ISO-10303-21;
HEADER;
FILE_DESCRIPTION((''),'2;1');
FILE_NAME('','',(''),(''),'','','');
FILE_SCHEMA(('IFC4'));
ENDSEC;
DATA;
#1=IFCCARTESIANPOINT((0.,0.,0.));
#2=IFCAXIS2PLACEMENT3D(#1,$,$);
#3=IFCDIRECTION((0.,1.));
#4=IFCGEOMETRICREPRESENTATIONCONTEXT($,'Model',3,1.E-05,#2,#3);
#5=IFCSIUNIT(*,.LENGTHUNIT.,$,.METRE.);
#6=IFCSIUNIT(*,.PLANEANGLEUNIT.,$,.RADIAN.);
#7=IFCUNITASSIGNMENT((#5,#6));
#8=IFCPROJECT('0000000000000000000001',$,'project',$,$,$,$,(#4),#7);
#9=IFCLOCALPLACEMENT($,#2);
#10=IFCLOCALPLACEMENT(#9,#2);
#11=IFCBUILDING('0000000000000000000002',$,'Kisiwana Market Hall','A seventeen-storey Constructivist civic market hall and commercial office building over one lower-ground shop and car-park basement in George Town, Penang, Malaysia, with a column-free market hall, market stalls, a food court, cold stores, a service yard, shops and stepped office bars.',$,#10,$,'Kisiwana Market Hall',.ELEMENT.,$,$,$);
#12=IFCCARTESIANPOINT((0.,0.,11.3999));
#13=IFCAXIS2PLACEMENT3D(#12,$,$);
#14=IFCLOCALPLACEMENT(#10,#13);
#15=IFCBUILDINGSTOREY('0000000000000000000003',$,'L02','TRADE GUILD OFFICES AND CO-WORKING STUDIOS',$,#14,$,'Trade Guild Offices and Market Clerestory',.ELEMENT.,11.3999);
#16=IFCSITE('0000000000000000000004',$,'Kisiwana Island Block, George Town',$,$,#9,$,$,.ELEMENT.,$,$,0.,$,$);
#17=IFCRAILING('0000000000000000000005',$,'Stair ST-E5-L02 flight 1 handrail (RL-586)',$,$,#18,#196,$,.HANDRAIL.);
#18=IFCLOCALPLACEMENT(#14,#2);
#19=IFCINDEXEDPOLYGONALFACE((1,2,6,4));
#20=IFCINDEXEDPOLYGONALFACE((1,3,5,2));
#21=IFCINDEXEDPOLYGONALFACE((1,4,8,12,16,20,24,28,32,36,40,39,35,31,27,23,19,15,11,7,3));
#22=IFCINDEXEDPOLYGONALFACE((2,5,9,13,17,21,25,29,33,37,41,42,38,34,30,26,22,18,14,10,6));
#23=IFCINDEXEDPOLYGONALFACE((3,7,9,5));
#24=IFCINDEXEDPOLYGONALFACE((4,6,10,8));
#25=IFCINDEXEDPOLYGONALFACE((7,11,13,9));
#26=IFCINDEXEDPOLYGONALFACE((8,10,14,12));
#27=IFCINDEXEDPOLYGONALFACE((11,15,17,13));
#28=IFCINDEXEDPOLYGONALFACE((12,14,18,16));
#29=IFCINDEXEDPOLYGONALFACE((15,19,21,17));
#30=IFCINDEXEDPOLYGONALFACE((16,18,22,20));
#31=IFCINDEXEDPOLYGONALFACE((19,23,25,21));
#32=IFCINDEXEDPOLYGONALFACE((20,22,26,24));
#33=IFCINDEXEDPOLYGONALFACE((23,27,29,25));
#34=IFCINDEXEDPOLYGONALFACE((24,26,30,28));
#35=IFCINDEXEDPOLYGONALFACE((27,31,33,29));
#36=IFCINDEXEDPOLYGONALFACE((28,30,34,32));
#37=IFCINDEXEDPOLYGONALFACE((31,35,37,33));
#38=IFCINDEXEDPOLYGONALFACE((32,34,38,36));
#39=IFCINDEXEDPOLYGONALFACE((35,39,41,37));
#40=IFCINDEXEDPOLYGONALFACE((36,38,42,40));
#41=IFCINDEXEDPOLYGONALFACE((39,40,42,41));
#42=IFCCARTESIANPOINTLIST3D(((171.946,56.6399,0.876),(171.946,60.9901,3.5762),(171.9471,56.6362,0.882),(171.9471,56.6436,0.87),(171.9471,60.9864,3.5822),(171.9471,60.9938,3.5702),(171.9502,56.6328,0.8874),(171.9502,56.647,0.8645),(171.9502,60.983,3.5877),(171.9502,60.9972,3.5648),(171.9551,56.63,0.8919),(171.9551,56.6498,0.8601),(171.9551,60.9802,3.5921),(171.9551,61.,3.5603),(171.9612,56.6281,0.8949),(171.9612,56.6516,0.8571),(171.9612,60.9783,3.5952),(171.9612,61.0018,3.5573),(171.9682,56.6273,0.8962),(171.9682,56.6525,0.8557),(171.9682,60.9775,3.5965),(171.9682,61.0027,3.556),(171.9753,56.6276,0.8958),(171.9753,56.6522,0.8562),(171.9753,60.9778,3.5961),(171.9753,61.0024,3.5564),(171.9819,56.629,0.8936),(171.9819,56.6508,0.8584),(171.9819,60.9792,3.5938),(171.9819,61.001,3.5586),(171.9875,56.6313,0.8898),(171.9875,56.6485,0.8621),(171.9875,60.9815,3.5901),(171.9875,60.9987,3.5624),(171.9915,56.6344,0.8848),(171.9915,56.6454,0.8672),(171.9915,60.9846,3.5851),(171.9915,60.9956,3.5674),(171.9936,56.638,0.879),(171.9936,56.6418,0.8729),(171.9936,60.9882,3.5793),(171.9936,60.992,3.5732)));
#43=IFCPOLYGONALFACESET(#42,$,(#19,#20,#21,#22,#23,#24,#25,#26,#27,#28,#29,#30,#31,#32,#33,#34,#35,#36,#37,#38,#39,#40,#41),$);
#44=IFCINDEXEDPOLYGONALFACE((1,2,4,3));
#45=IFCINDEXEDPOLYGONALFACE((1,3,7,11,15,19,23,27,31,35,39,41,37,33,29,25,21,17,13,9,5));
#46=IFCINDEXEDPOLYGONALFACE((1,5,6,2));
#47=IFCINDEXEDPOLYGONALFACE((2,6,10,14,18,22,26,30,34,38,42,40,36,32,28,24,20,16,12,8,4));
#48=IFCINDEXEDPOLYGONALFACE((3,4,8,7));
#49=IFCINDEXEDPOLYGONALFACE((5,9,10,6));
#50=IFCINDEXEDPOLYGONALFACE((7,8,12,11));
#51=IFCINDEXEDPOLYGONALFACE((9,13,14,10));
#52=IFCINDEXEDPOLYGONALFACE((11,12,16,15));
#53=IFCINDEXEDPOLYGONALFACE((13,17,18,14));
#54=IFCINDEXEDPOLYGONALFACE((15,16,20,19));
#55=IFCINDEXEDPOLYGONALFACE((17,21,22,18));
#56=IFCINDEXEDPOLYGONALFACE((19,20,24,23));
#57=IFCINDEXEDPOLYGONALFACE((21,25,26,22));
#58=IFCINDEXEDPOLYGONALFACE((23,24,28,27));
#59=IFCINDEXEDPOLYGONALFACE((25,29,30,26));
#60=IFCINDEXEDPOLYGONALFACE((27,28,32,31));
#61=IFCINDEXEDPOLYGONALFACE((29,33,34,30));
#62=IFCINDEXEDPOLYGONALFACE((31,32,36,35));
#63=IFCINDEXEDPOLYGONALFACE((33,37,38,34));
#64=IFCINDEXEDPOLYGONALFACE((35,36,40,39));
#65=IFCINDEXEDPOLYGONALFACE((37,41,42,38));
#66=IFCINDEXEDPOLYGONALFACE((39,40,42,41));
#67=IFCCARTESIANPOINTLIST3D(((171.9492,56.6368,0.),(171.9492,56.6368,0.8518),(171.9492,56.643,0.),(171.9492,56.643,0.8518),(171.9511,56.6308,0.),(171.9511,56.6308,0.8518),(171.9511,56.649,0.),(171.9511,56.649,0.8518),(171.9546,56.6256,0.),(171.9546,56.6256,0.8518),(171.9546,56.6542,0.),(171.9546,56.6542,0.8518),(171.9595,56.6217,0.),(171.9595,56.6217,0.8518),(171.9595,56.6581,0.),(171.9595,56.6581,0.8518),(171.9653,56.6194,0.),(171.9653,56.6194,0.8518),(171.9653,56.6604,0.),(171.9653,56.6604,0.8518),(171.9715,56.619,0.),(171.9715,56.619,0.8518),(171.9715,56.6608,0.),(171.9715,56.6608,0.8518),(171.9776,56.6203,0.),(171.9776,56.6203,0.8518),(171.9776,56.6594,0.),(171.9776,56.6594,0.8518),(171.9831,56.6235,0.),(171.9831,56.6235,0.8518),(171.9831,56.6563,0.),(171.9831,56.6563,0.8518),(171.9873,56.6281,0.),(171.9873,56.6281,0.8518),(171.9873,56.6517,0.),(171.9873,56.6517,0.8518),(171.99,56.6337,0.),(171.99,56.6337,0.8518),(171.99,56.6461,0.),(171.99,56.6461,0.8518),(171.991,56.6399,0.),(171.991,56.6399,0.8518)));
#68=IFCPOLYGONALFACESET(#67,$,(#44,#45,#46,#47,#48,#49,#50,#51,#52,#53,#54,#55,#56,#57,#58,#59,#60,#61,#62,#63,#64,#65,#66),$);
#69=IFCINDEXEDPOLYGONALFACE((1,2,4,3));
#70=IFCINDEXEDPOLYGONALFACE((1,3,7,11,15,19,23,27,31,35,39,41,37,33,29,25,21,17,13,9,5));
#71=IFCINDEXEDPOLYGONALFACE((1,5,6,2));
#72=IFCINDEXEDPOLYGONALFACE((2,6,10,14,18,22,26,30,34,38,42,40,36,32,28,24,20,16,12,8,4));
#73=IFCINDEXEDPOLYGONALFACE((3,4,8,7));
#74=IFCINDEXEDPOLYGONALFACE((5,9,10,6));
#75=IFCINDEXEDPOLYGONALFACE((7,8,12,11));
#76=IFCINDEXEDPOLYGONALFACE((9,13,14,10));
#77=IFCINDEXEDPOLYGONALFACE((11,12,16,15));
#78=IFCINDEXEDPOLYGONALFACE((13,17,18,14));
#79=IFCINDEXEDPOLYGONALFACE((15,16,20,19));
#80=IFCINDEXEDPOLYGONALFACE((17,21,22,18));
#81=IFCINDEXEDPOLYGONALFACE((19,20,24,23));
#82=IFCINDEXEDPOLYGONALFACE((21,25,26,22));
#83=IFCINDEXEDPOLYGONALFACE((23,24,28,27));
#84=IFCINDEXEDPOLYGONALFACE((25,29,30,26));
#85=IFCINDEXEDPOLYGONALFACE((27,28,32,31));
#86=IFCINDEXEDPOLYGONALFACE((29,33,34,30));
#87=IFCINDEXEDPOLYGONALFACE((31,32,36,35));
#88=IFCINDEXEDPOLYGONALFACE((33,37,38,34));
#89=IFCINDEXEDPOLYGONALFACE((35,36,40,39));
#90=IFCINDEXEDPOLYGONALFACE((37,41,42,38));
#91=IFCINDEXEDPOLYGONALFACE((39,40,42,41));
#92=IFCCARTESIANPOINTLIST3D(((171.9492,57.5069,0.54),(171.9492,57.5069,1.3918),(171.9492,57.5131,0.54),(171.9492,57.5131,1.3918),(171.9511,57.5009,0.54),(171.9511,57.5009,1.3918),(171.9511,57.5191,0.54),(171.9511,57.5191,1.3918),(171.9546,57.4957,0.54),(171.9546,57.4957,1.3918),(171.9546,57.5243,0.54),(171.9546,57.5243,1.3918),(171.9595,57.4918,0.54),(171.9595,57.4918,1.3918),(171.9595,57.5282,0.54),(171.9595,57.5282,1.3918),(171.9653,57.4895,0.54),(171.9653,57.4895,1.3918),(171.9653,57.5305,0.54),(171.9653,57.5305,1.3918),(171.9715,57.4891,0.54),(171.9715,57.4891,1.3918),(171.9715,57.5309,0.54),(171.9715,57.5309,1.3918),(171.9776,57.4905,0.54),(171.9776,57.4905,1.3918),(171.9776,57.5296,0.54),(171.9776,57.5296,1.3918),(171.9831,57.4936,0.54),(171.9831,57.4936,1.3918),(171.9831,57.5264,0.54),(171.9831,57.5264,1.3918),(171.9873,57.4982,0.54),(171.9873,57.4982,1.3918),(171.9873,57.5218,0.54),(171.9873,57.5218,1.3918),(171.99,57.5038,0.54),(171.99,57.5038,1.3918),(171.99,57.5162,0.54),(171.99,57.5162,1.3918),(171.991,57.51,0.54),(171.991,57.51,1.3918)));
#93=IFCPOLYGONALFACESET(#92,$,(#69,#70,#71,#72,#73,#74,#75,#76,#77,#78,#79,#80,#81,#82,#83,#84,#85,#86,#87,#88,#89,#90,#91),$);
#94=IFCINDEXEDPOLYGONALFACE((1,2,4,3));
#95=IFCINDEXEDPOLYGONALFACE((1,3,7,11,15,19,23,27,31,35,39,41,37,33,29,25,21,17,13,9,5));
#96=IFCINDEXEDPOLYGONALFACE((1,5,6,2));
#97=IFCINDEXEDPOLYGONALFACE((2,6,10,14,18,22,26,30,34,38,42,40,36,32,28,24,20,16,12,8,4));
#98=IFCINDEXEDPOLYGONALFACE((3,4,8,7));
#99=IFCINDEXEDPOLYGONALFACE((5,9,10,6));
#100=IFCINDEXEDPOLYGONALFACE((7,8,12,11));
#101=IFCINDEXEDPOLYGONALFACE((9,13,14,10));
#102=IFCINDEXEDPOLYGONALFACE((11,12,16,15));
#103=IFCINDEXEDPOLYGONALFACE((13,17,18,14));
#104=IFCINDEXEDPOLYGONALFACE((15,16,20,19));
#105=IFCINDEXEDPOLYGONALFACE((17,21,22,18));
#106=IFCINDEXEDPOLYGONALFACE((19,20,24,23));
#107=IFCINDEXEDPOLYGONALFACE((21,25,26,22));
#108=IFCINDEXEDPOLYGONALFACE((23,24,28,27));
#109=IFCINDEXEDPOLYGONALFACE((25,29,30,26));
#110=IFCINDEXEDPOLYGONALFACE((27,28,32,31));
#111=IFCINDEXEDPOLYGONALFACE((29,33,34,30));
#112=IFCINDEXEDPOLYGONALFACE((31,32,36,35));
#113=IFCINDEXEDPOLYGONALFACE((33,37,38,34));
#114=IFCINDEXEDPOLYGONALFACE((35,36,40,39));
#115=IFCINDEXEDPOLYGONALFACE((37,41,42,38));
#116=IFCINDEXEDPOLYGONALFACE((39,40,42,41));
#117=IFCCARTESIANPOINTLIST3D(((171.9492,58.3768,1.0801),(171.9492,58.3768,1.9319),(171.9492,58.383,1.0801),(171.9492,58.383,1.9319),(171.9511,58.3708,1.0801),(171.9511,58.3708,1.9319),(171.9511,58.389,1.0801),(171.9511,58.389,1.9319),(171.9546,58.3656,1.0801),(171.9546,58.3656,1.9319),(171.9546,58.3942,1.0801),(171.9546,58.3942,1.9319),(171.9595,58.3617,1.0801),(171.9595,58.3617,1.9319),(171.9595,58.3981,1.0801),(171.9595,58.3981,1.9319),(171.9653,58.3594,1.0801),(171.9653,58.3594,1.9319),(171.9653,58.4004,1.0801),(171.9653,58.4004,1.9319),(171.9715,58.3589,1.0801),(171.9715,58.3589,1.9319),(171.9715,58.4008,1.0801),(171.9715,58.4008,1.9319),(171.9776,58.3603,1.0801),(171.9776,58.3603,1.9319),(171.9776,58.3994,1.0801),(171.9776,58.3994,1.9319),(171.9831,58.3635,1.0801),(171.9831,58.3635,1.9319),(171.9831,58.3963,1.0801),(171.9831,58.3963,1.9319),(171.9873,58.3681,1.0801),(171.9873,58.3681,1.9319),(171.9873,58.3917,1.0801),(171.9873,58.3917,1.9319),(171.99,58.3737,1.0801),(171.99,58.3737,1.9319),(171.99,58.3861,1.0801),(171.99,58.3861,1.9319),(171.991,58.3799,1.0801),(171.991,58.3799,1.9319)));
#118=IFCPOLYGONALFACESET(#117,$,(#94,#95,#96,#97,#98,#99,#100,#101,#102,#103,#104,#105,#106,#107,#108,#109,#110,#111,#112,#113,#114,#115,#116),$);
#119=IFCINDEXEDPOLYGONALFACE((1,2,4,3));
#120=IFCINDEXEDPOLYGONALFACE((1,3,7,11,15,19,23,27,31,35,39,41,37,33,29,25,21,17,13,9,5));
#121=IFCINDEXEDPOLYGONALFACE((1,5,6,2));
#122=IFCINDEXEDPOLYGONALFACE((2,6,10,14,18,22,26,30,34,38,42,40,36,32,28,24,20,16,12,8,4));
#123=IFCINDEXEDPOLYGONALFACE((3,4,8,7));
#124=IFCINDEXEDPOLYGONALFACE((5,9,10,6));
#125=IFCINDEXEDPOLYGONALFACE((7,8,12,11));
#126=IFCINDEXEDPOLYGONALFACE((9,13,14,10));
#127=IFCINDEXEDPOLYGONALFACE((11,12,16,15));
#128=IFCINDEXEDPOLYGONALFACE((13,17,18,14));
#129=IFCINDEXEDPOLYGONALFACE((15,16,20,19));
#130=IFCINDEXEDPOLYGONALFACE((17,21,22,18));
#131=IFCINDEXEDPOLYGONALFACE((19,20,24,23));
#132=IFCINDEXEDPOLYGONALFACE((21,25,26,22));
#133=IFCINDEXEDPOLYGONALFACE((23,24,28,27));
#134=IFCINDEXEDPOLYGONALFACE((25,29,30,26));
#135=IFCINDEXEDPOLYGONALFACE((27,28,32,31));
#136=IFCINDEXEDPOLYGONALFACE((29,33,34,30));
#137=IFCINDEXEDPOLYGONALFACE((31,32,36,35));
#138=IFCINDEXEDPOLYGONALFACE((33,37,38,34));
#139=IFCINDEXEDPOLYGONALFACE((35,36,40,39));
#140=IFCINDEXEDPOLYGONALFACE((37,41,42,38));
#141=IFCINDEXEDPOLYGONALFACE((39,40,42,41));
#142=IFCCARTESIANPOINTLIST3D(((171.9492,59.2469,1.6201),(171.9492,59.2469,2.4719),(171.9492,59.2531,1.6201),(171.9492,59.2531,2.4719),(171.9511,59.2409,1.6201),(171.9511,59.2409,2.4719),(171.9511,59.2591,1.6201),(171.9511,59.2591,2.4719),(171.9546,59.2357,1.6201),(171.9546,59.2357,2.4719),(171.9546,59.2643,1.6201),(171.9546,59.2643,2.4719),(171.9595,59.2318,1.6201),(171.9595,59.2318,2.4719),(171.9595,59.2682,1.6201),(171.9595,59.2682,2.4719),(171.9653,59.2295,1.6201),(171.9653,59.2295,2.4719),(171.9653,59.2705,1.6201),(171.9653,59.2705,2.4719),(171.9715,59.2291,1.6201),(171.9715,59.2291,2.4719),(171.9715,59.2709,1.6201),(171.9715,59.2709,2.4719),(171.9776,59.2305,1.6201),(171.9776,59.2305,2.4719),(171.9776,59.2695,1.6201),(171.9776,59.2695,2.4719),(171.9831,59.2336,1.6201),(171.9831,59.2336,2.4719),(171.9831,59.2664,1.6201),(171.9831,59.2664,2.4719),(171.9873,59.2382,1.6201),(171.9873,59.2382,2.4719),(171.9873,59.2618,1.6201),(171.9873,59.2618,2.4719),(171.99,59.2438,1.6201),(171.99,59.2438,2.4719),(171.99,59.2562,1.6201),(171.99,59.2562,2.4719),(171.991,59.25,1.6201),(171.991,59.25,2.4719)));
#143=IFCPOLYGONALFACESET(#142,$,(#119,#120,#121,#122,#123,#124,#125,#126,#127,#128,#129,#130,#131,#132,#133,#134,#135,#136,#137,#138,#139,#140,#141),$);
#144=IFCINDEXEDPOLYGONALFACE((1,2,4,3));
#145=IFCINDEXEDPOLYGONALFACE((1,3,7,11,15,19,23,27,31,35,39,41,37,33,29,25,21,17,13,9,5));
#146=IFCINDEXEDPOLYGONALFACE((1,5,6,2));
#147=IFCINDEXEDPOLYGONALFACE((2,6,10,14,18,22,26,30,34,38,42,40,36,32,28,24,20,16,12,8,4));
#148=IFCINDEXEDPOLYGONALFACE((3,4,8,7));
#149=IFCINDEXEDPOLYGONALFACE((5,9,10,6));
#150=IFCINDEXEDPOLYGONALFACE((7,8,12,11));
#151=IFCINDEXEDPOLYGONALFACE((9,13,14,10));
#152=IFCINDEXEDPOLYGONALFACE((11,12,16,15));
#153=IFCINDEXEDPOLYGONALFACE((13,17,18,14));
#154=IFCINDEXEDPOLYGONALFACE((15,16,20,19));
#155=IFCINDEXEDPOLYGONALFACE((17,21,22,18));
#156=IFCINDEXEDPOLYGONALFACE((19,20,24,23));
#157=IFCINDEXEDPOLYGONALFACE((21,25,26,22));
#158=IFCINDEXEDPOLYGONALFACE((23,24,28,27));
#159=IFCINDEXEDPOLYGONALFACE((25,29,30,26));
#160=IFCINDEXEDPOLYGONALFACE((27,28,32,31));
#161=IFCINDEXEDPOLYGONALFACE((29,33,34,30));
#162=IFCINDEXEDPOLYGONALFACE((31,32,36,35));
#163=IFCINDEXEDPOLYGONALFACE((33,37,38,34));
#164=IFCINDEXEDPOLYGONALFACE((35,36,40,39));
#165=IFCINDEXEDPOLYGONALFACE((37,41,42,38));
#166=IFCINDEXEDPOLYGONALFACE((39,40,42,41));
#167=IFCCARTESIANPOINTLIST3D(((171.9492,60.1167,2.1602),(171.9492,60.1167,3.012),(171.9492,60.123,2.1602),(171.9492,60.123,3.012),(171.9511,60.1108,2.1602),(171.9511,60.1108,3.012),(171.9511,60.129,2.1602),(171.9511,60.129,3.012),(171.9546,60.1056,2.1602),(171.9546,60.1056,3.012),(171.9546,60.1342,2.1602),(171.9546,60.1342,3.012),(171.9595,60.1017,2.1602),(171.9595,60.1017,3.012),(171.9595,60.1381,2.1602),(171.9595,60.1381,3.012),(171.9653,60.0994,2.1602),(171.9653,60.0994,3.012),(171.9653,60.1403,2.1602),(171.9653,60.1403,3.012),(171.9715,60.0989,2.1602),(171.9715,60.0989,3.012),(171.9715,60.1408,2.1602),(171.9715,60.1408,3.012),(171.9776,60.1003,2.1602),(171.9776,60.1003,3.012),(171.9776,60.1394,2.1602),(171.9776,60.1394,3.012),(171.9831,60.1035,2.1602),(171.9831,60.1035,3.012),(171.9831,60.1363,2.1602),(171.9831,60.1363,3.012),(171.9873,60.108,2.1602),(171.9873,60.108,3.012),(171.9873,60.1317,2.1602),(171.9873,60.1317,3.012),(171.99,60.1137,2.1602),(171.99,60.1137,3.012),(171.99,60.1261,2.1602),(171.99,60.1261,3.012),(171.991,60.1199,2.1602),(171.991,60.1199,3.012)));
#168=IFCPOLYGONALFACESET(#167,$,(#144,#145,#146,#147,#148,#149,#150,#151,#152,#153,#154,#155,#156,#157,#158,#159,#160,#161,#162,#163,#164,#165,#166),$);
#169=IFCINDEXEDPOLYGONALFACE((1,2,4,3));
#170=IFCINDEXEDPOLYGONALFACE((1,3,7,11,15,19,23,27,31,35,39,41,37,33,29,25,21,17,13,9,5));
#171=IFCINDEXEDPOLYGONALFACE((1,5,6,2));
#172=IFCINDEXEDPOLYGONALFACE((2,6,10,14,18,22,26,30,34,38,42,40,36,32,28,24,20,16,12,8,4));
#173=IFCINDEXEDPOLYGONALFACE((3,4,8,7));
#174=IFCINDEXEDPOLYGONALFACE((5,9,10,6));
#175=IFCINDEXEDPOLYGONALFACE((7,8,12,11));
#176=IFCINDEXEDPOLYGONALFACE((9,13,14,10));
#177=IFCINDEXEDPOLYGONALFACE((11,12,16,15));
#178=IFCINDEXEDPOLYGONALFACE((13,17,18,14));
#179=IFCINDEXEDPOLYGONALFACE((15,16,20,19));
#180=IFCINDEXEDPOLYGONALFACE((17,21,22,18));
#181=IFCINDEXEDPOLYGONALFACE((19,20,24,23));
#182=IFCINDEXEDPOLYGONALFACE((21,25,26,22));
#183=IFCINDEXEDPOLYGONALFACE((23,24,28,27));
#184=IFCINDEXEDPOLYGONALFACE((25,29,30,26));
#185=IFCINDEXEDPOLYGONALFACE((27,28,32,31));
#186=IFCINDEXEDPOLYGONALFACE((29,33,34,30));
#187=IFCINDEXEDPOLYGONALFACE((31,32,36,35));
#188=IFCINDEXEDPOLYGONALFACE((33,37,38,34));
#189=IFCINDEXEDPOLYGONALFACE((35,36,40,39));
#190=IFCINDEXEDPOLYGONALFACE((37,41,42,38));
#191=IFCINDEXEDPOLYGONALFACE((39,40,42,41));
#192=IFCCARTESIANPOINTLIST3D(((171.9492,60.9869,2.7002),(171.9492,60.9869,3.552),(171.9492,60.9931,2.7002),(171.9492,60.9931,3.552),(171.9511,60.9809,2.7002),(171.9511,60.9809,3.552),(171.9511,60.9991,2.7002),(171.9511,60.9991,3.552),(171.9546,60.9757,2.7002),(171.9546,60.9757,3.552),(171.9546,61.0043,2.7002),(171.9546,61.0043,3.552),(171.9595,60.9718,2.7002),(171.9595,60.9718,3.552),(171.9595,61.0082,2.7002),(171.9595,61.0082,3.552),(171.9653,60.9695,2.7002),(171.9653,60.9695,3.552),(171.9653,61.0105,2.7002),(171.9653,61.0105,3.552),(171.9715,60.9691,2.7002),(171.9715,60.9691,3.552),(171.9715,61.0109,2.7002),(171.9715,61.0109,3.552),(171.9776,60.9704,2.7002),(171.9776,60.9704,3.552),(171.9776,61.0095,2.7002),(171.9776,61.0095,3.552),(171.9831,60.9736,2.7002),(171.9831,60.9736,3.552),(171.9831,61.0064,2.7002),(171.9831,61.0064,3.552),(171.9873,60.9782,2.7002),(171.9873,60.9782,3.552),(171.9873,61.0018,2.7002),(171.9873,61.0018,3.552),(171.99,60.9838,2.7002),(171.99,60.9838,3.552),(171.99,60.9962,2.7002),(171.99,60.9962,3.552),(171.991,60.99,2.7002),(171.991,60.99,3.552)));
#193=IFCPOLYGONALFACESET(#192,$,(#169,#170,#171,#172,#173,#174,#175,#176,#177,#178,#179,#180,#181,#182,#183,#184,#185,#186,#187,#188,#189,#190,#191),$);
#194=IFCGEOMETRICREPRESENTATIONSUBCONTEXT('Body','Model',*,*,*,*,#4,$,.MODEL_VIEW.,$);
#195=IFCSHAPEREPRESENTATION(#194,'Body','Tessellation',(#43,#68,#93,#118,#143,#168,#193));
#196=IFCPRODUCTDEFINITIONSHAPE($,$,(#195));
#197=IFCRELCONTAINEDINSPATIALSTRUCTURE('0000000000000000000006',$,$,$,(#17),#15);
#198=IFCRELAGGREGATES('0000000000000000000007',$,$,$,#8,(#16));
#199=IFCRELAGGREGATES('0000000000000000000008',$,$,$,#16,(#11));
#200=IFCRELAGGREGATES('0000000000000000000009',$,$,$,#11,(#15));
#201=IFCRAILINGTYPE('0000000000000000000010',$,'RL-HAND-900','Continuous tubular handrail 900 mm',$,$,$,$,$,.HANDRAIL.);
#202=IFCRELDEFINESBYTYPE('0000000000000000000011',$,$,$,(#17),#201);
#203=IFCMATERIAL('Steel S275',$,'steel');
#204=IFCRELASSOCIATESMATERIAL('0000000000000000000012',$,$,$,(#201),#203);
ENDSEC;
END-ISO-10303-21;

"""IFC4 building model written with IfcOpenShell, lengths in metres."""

from ifc_helpers import new_model, si_unit, direction, frame, origin, origin_2d, place, context, subcontext, project, spatial, circle, extrude, material, type_object, element, save


model = new_model("IFC4")

# Units and contexts
model_context = context("Model", 3, precision=1e-05, world=origin(), true_north=direction((0.0, 1.0)))
body_context = subcontext(model_context, "Body", "Model", "MODEL_VIEW")
ifc_project = project(units=[si_unit("LENGTHUNIT", "METRE"), si_unit("PLANEANGLEUNIT", "RADIAN")], contexts=[model_context])

# Site, building, storey
site_placement = place(None, origin())
site = spatial("IfcSite", under=ifc_project, at=site_placement, Name="Kisiwana Island Block, George Town", CompositionType="ELEMENT", RefElevation=0.0)
building_placement = place(site_placement, origin())
building = spatial("IfcBuilding", under=site, at=building_placement, Name="Kisiwana Market Hall", Description="A seventeen-storey Constructivist civic market hall and commercial office building over one lower-ground shop and car-park basement in George Town, Penang, Malaysia, with a column-free market hall, market stalls, a food court, cold stores, a service yard, shops and stepped office bars.", LongName="Kisiwana Market Hall", CompositionType="ELEMENT")
storey_placement = place(building_placement, frame((0.0, 0.0, 11.3999)))
storey = spatial("IfcBuildingStorey", under=building, at=storey_placement, Name="L02", Description="TRADE GUILD OFFICES AND CO-WORKING STUDIOS", LongName="Trade Guild Offices and Market Clerestory", CompositionType="ELEMENT", Elevation=11.3999)

# Railing
ifc_material_1 = material(Name="Steel S275", Category="steel")
railing_type_1 = type_object("IfcRailingType", Name="RL-HAND-900", Description="Continuous tubular handrail 900 mm", PredefinedType="HANDRAIL", material=ifc_material_1)
for number, where, name in (
    (1, (171.97, 56.6399, 0.0), "Stair ST-E5-L02 flight 1 handrail (RL-586)"),
):
    element("IfcRailing", number, at=place(storey_placement, frame(where)), inside=storey, type_object=railing_type_1, Name=name, PredefinedType="HANDRAIL", context=body_context, shape_type="SweptSolid", body=[
        extrude(circle(Radius=0.0239, at=origin_2d()), frame((0.0, 0.0, 0.876), z_axis=(0.0, 0.849628, 0.527382), x_axis=(-1.0, 0.0, 0.0)), (0.0, 0.0, 1.0), 5.1201),
        extrude(circle(Radius=0.021, at=origin_2d()), origin(), (0.0, 0.0, 1.0), 0.8518),
        extrude(circle(Radius=0.021, at=origin_2d()), frame((0.0, 0.8701, 0.54)), (0.0, 0.0, 1.0), 0.8518),
        extrude(circle(Radius=0.021, at=origin_2d()), frame((0.0, 1.74, 1.0801)), (0.0, 0.0, 1.0), 0.8518),
        extrude(circle(Radius=0.021, at=origin_2d()), frame((0.0, 2.6101, 1.6201)), (0.0, 0.0, 1.0), 0.8518),
        extrude(circle(Radius=0.021, at=origin_2d()), frame((0.0, 3.48, 2.1602)), (0.0, 0.0, 1.0), 0.8518),
        extrude(circle(Radius=0.021, at=origin_2d()), frame((0.0, 4.3501, 2.7002)), (0.0, 0.0, 1.0), 0.8518),
    ])

save(model, "model.ifc")
